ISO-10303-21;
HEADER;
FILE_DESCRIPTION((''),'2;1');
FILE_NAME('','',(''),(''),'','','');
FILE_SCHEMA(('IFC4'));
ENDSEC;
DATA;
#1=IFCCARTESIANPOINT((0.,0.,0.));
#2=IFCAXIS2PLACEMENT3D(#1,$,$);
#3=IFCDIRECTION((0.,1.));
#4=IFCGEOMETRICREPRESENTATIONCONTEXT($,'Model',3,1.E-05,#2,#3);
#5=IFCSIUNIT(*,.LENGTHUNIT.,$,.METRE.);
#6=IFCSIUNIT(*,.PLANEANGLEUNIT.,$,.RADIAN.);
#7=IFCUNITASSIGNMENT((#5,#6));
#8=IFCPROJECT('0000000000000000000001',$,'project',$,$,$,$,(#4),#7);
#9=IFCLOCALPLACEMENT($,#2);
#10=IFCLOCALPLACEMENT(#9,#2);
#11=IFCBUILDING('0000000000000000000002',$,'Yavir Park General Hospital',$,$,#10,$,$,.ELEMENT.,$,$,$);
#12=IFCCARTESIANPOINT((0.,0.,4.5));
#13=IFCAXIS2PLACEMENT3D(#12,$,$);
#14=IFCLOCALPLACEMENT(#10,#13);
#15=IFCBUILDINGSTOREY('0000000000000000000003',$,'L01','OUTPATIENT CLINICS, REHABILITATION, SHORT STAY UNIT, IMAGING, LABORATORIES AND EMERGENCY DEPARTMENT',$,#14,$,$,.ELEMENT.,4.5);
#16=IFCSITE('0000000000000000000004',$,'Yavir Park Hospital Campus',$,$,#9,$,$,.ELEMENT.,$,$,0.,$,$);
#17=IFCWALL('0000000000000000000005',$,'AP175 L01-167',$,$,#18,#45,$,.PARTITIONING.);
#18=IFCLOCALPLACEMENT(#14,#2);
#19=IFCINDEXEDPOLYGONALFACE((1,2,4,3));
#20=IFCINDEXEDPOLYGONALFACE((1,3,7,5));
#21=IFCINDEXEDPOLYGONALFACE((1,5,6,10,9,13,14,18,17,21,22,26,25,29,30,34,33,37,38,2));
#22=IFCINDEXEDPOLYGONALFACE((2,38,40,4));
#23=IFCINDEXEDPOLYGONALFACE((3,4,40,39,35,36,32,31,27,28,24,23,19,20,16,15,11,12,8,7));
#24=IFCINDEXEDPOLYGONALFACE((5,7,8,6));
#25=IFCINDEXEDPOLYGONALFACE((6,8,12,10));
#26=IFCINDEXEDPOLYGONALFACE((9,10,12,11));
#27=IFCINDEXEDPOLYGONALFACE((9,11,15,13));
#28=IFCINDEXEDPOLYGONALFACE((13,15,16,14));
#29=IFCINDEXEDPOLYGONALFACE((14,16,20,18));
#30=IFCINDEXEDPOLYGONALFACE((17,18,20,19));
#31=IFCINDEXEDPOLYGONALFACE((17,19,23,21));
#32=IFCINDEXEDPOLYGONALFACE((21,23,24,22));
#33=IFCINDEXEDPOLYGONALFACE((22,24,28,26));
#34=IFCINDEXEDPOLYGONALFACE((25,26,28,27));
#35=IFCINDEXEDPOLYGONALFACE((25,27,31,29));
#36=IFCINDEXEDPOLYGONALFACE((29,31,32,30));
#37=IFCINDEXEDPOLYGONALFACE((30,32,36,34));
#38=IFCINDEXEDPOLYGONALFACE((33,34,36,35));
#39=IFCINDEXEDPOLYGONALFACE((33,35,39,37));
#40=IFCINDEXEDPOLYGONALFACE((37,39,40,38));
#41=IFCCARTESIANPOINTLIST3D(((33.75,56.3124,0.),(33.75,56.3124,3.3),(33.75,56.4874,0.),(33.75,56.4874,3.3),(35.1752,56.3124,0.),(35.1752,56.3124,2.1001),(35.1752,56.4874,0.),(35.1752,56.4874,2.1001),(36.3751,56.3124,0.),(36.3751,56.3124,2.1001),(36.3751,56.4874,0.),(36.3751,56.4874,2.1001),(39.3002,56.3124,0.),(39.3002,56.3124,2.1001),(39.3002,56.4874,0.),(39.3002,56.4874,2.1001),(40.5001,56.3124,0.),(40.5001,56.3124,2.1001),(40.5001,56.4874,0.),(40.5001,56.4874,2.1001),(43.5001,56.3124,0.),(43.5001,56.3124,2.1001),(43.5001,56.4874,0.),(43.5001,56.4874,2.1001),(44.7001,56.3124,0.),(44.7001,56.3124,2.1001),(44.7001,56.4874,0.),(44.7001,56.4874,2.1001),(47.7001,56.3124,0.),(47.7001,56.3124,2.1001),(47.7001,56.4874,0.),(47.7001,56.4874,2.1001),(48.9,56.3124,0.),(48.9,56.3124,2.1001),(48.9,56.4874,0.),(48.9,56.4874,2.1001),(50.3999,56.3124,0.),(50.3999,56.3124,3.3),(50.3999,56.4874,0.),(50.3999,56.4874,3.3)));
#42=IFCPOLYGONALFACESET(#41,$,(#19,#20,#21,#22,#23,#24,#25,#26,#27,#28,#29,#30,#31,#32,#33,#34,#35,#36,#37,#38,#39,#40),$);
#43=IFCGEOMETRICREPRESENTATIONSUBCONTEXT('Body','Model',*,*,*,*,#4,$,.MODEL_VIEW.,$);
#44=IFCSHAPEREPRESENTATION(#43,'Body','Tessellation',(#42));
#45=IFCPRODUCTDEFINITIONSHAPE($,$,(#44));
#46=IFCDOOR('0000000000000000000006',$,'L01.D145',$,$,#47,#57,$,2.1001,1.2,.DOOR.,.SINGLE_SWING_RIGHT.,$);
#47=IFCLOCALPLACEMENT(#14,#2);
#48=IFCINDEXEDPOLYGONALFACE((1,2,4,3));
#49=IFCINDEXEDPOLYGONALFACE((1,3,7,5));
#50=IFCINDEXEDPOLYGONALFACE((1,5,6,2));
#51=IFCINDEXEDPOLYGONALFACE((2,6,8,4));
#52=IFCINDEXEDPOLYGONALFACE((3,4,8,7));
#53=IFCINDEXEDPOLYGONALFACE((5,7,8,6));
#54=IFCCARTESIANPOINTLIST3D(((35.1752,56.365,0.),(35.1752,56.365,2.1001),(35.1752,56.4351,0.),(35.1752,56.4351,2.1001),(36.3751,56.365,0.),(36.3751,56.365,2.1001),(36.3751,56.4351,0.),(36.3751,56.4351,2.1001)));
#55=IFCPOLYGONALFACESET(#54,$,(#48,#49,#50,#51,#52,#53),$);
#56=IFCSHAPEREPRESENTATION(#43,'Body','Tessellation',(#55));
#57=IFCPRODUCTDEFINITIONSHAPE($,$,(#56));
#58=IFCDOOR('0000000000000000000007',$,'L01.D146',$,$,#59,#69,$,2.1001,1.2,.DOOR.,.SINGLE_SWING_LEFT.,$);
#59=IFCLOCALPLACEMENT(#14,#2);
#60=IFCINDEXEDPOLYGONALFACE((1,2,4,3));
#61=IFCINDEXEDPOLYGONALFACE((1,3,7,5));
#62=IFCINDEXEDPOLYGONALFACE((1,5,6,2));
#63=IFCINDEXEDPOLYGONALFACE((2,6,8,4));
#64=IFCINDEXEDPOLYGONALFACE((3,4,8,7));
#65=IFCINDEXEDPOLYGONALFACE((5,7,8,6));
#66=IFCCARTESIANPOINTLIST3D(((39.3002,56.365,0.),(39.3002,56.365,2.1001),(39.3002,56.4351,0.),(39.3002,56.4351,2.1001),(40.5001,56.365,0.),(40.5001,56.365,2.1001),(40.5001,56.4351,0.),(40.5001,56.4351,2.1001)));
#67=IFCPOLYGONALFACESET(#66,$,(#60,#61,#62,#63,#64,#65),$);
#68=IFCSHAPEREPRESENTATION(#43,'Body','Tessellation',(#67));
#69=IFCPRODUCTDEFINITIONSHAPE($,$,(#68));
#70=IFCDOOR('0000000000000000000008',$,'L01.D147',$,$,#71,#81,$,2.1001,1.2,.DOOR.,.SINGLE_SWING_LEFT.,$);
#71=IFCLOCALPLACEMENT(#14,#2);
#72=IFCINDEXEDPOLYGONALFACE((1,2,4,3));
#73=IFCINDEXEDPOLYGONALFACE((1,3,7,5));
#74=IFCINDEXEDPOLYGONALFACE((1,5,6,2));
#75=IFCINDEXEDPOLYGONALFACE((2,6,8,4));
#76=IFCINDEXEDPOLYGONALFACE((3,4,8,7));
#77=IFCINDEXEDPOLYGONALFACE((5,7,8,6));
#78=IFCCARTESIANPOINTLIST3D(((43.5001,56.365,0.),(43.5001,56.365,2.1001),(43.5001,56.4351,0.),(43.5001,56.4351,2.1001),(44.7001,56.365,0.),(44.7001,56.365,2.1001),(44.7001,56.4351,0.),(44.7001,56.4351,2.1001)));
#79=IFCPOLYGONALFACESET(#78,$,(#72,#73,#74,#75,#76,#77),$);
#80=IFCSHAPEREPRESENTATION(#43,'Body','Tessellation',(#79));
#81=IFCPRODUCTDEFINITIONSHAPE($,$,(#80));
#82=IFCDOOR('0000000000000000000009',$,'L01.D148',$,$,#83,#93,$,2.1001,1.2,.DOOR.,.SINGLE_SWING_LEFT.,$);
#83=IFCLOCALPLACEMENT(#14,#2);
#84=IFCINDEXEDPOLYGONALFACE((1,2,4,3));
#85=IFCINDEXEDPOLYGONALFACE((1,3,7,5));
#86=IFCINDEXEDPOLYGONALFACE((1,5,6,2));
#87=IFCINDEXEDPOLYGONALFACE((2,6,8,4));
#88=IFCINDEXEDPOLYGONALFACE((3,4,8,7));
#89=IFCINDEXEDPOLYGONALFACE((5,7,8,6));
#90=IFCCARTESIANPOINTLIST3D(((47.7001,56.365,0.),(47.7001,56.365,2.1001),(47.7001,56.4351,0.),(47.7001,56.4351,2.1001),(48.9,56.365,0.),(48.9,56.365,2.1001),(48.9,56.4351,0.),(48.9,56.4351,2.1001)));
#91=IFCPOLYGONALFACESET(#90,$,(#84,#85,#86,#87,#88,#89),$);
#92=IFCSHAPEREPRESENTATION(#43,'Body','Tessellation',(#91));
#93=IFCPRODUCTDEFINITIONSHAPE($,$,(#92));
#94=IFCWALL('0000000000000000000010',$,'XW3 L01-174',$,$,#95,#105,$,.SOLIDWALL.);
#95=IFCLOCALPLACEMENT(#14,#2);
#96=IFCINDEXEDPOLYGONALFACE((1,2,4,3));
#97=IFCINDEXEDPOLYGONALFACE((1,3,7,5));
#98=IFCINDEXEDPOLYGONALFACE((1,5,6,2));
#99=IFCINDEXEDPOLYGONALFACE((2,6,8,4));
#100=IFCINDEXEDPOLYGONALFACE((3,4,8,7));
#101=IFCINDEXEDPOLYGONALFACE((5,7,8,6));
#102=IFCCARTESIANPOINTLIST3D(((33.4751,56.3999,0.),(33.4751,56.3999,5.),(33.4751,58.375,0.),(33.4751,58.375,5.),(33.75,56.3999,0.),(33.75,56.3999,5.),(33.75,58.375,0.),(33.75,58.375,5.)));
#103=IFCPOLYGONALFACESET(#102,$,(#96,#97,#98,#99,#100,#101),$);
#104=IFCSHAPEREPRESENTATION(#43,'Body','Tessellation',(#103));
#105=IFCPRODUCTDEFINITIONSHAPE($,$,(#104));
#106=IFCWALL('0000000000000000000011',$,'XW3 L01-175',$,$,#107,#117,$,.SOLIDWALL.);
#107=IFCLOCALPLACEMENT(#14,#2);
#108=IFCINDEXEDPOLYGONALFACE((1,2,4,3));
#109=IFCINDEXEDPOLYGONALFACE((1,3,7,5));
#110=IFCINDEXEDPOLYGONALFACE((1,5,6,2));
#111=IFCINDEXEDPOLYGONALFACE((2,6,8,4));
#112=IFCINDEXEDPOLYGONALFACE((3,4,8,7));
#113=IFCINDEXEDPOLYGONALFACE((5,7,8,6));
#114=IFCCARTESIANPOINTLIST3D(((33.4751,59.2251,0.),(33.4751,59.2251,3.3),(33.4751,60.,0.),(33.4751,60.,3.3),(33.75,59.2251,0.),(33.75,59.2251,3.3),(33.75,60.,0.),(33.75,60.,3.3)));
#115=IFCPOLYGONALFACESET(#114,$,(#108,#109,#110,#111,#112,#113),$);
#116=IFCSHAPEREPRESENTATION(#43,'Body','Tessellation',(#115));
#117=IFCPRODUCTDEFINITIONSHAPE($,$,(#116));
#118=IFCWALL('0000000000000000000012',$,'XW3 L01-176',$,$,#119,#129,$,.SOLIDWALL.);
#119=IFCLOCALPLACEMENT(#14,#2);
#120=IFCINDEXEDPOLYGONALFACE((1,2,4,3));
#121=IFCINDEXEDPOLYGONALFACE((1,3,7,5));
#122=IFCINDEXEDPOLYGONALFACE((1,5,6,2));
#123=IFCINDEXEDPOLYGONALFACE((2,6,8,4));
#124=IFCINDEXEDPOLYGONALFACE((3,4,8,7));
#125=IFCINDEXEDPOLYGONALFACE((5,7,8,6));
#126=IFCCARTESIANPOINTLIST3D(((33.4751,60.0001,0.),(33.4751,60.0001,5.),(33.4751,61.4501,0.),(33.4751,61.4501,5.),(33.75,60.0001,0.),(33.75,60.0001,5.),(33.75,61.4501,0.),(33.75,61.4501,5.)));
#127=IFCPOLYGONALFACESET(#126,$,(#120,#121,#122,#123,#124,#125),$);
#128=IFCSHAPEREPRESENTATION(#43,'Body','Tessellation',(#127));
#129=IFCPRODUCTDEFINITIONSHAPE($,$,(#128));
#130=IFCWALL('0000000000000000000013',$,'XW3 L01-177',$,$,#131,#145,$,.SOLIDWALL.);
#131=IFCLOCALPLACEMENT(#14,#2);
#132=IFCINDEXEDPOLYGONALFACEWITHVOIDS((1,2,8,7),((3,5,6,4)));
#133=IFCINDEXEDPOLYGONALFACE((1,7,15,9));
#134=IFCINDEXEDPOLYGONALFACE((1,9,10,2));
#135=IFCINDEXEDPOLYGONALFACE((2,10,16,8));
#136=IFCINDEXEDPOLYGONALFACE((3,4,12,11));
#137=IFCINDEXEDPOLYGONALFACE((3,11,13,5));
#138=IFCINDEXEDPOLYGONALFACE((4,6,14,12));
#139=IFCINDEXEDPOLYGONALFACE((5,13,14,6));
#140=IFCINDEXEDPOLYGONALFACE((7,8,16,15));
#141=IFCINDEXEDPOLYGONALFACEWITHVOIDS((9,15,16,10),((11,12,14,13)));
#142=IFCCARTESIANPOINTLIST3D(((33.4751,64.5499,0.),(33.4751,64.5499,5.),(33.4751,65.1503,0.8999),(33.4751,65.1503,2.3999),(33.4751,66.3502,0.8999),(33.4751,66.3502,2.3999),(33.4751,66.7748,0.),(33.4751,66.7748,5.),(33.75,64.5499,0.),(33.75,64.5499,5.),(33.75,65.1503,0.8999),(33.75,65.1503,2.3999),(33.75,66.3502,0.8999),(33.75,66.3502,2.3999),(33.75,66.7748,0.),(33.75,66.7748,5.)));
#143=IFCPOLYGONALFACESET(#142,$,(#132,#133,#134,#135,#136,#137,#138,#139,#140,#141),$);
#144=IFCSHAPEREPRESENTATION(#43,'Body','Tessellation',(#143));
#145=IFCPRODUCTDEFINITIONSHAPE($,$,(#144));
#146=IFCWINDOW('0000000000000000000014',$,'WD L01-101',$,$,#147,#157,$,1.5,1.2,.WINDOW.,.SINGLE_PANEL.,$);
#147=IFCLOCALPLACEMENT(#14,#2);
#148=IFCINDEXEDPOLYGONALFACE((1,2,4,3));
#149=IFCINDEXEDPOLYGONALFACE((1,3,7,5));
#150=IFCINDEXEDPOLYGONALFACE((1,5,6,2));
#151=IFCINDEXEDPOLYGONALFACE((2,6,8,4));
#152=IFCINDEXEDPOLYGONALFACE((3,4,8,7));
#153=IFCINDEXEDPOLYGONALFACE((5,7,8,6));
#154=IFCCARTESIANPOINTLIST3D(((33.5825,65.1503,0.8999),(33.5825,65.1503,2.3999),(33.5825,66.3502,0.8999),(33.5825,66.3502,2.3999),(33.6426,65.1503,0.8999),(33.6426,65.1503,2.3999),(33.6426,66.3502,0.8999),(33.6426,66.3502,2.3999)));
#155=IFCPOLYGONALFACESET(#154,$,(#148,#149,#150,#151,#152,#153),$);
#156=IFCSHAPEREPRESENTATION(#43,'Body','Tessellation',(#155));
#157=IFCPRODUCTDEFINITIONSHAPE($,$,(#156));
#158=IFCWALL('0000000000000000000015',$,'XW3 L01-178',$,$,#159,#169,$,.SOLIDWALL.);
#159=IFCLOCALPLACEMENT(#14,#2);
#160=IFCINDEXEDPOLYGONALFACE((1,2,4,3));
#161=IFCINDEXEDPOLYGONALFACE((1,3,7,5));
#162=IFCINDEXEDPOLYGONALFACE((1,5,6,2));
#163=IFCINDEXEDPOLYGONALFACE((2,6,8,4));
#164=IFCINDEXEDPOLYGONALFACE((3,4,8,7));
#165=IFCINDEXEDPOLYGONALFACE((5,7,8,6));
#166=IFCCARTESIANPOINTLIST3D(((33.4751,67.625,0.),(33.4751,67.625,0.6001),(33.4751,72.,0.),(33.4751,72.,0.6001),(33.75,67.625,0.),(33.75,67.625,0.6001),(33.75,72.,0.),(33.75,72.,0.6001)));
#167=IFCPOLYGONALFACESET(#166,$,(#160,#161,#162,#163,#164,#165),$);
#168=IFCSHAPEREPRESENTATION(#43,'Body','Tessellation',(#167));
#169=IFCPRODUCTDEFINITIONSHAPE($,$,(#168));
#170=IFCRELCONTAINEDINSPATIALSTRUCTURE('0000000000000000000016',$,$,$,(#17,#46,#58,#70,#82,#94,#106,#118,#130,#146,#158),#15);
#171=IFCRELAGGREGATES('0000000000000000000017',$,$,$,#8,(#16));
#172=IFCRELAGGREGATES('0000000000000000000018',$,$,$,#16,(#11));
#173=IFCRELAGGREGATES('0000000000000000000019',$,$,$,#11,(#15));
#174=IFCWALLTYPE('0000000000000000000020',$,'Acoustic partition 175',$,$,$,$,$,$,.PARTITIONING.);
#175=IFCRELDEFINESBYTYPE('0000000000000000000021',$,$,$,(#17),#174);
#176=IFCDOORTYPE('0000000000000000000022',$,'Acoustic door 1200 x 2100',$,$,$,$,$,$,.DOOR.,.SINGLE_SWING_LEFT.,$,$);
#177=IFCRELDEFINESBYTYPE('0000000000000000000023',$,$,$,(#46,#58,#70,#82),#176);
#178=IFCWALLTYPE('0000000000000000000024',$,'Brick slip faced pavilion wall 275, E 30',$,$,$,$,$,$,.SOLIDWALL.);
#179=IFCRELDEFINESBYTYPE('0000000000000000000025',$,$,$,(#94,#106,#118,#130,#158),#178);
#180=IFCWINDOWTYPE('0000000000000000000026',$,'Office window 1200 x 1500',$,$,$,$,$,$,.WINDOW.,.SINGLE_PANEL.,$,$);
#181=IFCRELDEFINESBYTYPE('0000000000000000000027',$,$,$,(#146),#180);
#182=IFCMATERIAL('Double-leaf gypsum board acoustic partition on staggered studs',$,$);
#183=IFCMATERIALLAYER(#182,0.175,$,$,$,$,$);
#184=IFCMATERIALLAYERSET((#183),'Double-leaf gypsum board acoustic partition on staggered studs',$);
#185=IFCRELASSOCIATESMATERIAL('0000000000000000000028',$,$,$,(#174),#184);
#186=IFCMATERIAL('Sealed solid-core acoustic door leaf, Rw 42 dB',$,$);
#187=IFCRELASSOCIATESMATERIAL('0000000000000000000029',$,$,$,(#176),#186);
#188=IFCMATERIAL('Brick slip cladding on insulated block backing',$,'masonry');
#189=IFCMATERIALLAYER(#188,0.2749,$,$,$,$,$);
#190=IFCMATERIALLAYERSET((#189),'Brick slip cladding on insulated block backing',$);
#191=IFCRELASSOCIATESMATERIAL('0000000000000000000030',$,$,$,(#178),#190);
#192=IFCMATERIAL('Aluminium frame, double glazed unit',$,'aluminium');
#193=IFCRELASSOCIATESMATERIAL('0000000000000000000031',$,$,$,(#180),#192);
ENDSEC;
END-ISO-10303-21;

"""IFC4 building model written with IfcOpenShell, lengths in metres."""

from ifc_helpers import new_model, si_unit, direction, frame, frame_2d, origin, place, context, subcontext, project, spatial, rectangle, extrude, material, layer, layer_set, type_object, element, fill, save


model = new_model("IFC4")

# Units and contexts
model_context = context("Model", 3, precision=1e-05, world=origin(), true_north=direction((0.0, 1.0)))
body_context = subcontext(model_context, "Body", "Model", "MODEL_VIEW")
ifc_project = project(units=[si_unit("LENGTHUNIT", "METRE"), si_unit("PLANEANGLEUNIT", "RADIAN")], contexts=[model_context])

# Site, building, storey
site_placement = place(None, origin())
site = spatial("IfcSite", under=ifc_project, at=site_placement, Name="Yavir Park Hospital Campus", CompositionType="ELEMENT", RefElevation=0.0)
building_placement = place(site_placement, origin())
building = spatial("IfcBuilding", under=site, at=building_placement, Name="Yavir Park General Hospital", CompositionType="ELEMENT")
storey_placement = place(building_placement, frame((0.0, 0.0, 4.5)))
storey = spatial("IfcBuildingStorey", under=building, at=storey_placement, Name="L01", Description="OUTPATIENT CLINICS, REHABILITATION, SHORT STAY UNIT, IMAGING, LABORATORIES AND EMERGENCY DEPARTMENT", CompositionType="ELEMENT", Elevation=4.5)

# Wall, openings, doors
ifc_material_1 = material(Name="Double-leaf gypsum board acoustic partition on staggered studs")
ifc_layer_1 = layer(ifc_material_1, 0.175)
ifc_layer_set_1 = layer_set([ifc_layer_1], Name="Double-leaf gypsum board acoustic partition on staggered studs")
wall_type_1 = type_object("IfcWallType", Name="Acoustic partition 175", PredefinedType="PARTITIONING", material=ifc_layer_set_1)
wall_1_placement = place(storey_placement, frame((33.75, 56.3999, 0.0), z_axis=(0.0, 0.0, 1.0), x_axis=(1.0, 0.0, 0.0)))
wall_1 = element("IfcWall", 1, at=wall_1_placement, inside=storey, type_object=wall_type_1, Name="AP175 L01-167", PredefinedType="PARTITIONING", context=body_context, shape_type="SweptSolid", body=[
    extrude(rectangle(XDim=16.6499, YDim=0.175, at=frame_2d((8.325, 0.0))), origin(), (0.0, 0.0, 1.0), 3.3),
])
opening_1_placement = place(wall_1_placement, frame((1.425, 0.0, 0.0)))
opening_1 = element("IfcOpeningElement", 2, at=opening_1_placement, cuts=wall_1, PredefinedType="OPENING", context=body_context, shape_type="SweptSolid", body=[
    extrude(rectangle(XDim=1.2, YDim=2.1001, at=frame_2d((0.6001, 1.05))), frame((0.0, 0.0974, 0.0), z_axis=(0.0, -1.0, 0.0), x_axis=(1.0, 0.0, 0.0)), (0.0, 0.0, 1.0), 0.1951),
])
opening_2_placement = place(wall_1_placement, frame((5.55, 0.0, 0.0)))
opening_2 = element("IfcOpeningElement", 3, at=opening_2_placement, cuts=wall_1, PredefinedType="OPENING", context=body_context, shape_type="SweptSolid", body=[
    extrude(rectangle(XDim=1.2, YDim=2.1001, at=frame_2d((0.6001, 1.05))), frame((0.0, 0.0974, 0.0), z_axis=(0.0, -1.0, 0.0), x_axis=(1.0, 0.0, 0.0)), (0.0, 0.0, 1.0), 0.1951),
])
opening_3_placement = place(wall_1_placement, frame((9.75, 0.0, 0.0)))
opening_3 = element("IfcOpeningElement", 4, at=opening_3_placement, cuts=wall_1, PredefinedType="OPENING", context=body_context, shape_type="SweptSolid", body=[
    extrude(rectangle(XDim=1.2, YDim=2.1001, at=frame_2d((0.6001, 1.05))), frame((0.0, 0.0974, 0.0), z_axis=(0.0, -1.0, 0.0), x_axis=(1.0, 0.0, 0.0)), (0.0, 0.0, 1.0), 0.1951),
])
opening_4_placement = place(wall_1_placement, frame((13.95, 0.0, 0.0)))
opening_4 = element("IfcOpeningElement", 5, at=opening_4_placement, cuts=wall_1, PredefinedType="OPENING", context=body_context, shape_type="SweptSolid", body=[
    extrude(rectangle(XDim=1.2, YDim=2.1001, at=frame_2d((0.6001, 1.05))), frame((0.0, 0.0974, 0.0), z_axis=(0.0, -1.0, 0.0), x_axis=(1.0, 0.0, 0.0)), (0.0, 0.0, 1.0), 0.1951),
])
ifc_material_2 = material(Name="Sealed solid-core acoustic door leaf, Rw 42 dB")
door_type_1 = type_object("IfcDoorType", Name="Acoustic door 1200 x 2100", OperationType="SINGLE_SWING_LEFT", PredefinedType="DOOR", material=ifc_material_2)
door_1_placement = place(opening_1_placement, origin())
door_1 = element("IfcDoor", 6, at=door_1_placement, inside=storey, type_object=door_type_1, Name="L01.D145", OperationType="SINGLE_SWING_RIGHT", OverallHeight=2.1001, OverallWidth=1.2, PredefinedType="DOOR", context=body_context, shape_type="SweptSolid", body=[
    extrude(rectangle(XDim=1.2, YDim=2.1001, at=frame_2d((0.6001, 1.05))), frame((0.0, 0.0352, 0.0), z_axis=(0.0, -1.0, 0.0), x_axis=(1.0, 0.0, 0.0)), (0.0, 0.0, 1.0), 0.0701),
])
fill(opening_1, door_1)
door_2_placement = place(opening_2_placement, origin())
door_2 = element("IfcDoor", 7, at=door_2_placement, inside=storey, type_object=door_type_1, Name="L01.D146", OperationType="SINGLE_SWING_LEFT", OverallHeight=2.1001, OverallWidth=1.2, PredefinedType="DOOR", context=body_context, shape_type="SweptSolid", body=[
    extrude(rectangle(XDim=1.2, YDim=2.1001, at=frame_2d((0.6001, 1.05))), frame((0.0, 0.0352, 0.0), z_axis=(0.0, -1.0, 0.0), x_axis=(1.0, 0.0, 0.0)), (0.0, 0.0, 1.0), 0.0701),
])
fill(opening_2, door_2)
door_3_placement = place(opening_3_placement, origin())
door_3 = element("IfcDoor", 8, at=door_3_placement, inside=storey, type_object=door_type_1, Name="L01.D147", OperationType="SINGLE_SWING_LEFT", OverallHeight=2.1001, OverallWidth=1.2, PredefinedType="DOOR", context=body_context, shape_type="SweptSolid", body=[
    extrude(rectangle(XDim=1.2, YDim=2.1001, at=frame_2d((0.6001, 1.05))), frame((0.0, 0.0352, 0.0), z_axis=(0.0, -1.0, 0.0), x_axis=(1.0, 0.0, 0.0)), (0.0, 0.0, 1.0), 0.0701),
])
fill(opening_3, door_3)
door_4_placement = place(opening_4_placement, origin())
door_4 = element("IfcDoor", 9, at=door_4_placement, inside=storey, type_object=door_type_1, Name="L01.D148", OperationType="SINGLE_SWING_LEFT", OverallHeight=2.1001, OverallWidth=1.2, PredefinedType="DOOR", context=body_context, shape_type="SweptSolid", body=[
    extrude(rectangle(XDim=1.2, YDim=2.1001, at=frame_2d((0.6001, 1.05))), frame((0.0, 0.0352, 0.0), z_axis=(0.0, -1.0, 0.0), x_axis=(1.0, 0.0, 0.0)), (0.0, 0.0, 1.0), 0.0701),
])
fill(opening_4, door_4)

# Walls
ifc_material_3 = material(Name="Brick slip cladding on insulated block backing", Category="masonry")
ifc_layer_2 = layer(ifc_material_3, 0.2749)
ifc_layer_set_2 = layer_set([ifc_layer_2], Name="Brick slip cladding on insulated block backing")
wall_type_2 = type_object("IfcWallType", Name="Brick slip faced pavilion wall 275, E 30", PredefinedType="SOLIDWALL", material=ifc_layer_set_2)
wall_2_placement = place(storey_placement, frame((33.6125, 56.3999, 0.0), z_axis=(0.0, 0.0, 1.0), x_axis=(0.0, 1.0, 0.0)))
element("IfcWall", 10, at=wall_2_placement, inside=storey, type_object=wall_type_2, Name="XW3 L01-174", PredefinedType="SOLIDWALL", context=body_context, shape_type="SweptSolid", body=[
    extrude(rectangle(XDim=1.9751, YDim=0.2749, at=frame_2d((0.9875, 0.0))), origin(), (0.0, 0.0, 1.0), 5.0),
])
wall_3_placement = place(storey_placement, frame((33.6125, 59.2251, 0.0), z_axis=(0.0, 0.0, 1.0), x_axis=(0.0, 1.0, 0.0)))
element("IfcWall", 11, at=wall_3_placement, inside=storey, type_object=wall_type_2, Name="XW3 L01-175", PredefinedType="SOLIDWALL", context=body_context, shape_type="SweptSolid", body=[
    extrude(rectangle(XDim=0.7749, YDim=0.2749, at=frame_2d((0.3875, 0.0))), origin(), (0.0, 0.0, 1.0), 3.3),
])
wall_4_placement = place(storey_placement, frame((33.6125, 60.0, 0.0), z_axis=(0.0, 0.0, 1.0), x_axis=(0.0, 1.0, 0.0)))
element("IfcWall", 12, at=wall_4_placement, inside=storey, type_object=wall_type_2, Name="XW3 L01-176", PredefinedType="SOLIDWALL", context=body_context, shape_type="SweptSolid", body=[
    extrude(rectangle(XDim=1.45, YDim=0.2749, at=frame_2d((0.7251, 0.0))), origin(), (0.0, 0.0, 1.0), 5.0),
])

# Wall, opening, window
wall_5_placement = place(storey_placement, frame((33.6125, 64.55, 0.0), z_axis=(0.0, 0.0, 1.0), x_axis=(0.0, 1.0, 0.0)))
wall_5 = element("IfcWall", 13, at=wall_5_placement, inside=storey, type_object=wall_type_2, Name="XW3 L01-177", PredefinedType="SOLIDWALL", context=body_context, shape_type="SweptSolid", body=[
    extrude(rectangle(XDim=2.2249, YDim=0.2749, at=frame_2d((1.1123, 0.0))), origin(), (0.0, 0.0, 1.0), 5.0),
])
opening_5_placement = place(wall_5_placement, frame((0.6001, 0.0, 0.8999)))
opening_5 = element("IfcOpeningElement", 14, at=opening_5_placement, cuts=wall_5, PredefinedType="OPENING", context=body_context, shape_type="SweptSolid", body=[
    extrude(rectangle(XDim=1.2, YDim=1.5, at=frame_2d((0.6001, 0.75))), frame((0.0, 0.1475, 0.0), z_axis=(0.0, -1.0, 0.0), x_axis=(1.0, 0.0, 0.0)), (0.0, 0.0, 1.0), 0.2949),
])
ifc_material_4 = material(Name="Aluminium frame, double glazed unit", Category="aluminium")
window_type = type_object("IfcWindowType", Name="Office window 1200 x 1500", PartitioningType="SINGLE_PANEL", PredefinedType="WINDOW", material=ifc_material_4)
window_placement = place(opening_5_placement, origin())
window = element("IfcWindow", 15, at=window_placement, inside=storey, type_object=window_type, Name="WD L01-101", OverallHeight=1.5, OverallWidth=1.2, PartitioningType="SINGLE_PANEL", PredefinedType="WINDOW", context=body_context, shape_type="SweptSolid", body=[
    extrude(rectangle(XDim=1.2, YDim=1.5, at=frame_2d((0.6001, 0.75))), frame((0.0, 0.03, 0.0), z_axis=(0.0, -1.0, 0.0), x_axis=(1.0, 0.0, 0.0)), (0.0, 0.0, 1.0), 0.0601),
])
fill(opening_5, window)

# Wall
wall_6_placement = place(storey_placement, frame((33.6125, 67.625, 0.0), z_axis=(0.0, 0.0, 1.0), x_axis=(0.0, 1.0, 0.0)))
element("IfcWall", 16, at=wall_6_placement, inside=storey, type_object=wall_type_2, Name="XW3 L01-178", PredefinedType="SOLIDWALL", context=body_context, shape_type="SweptSolid", body=[
    extrude(rectangle(XDim=4.375, YDim=0.2749, at=frame_2d((2.1875, 0.0))), origin(), (0.0, 0.0, 1.0), 0.6001),
])

save(model, "model.ifc")
